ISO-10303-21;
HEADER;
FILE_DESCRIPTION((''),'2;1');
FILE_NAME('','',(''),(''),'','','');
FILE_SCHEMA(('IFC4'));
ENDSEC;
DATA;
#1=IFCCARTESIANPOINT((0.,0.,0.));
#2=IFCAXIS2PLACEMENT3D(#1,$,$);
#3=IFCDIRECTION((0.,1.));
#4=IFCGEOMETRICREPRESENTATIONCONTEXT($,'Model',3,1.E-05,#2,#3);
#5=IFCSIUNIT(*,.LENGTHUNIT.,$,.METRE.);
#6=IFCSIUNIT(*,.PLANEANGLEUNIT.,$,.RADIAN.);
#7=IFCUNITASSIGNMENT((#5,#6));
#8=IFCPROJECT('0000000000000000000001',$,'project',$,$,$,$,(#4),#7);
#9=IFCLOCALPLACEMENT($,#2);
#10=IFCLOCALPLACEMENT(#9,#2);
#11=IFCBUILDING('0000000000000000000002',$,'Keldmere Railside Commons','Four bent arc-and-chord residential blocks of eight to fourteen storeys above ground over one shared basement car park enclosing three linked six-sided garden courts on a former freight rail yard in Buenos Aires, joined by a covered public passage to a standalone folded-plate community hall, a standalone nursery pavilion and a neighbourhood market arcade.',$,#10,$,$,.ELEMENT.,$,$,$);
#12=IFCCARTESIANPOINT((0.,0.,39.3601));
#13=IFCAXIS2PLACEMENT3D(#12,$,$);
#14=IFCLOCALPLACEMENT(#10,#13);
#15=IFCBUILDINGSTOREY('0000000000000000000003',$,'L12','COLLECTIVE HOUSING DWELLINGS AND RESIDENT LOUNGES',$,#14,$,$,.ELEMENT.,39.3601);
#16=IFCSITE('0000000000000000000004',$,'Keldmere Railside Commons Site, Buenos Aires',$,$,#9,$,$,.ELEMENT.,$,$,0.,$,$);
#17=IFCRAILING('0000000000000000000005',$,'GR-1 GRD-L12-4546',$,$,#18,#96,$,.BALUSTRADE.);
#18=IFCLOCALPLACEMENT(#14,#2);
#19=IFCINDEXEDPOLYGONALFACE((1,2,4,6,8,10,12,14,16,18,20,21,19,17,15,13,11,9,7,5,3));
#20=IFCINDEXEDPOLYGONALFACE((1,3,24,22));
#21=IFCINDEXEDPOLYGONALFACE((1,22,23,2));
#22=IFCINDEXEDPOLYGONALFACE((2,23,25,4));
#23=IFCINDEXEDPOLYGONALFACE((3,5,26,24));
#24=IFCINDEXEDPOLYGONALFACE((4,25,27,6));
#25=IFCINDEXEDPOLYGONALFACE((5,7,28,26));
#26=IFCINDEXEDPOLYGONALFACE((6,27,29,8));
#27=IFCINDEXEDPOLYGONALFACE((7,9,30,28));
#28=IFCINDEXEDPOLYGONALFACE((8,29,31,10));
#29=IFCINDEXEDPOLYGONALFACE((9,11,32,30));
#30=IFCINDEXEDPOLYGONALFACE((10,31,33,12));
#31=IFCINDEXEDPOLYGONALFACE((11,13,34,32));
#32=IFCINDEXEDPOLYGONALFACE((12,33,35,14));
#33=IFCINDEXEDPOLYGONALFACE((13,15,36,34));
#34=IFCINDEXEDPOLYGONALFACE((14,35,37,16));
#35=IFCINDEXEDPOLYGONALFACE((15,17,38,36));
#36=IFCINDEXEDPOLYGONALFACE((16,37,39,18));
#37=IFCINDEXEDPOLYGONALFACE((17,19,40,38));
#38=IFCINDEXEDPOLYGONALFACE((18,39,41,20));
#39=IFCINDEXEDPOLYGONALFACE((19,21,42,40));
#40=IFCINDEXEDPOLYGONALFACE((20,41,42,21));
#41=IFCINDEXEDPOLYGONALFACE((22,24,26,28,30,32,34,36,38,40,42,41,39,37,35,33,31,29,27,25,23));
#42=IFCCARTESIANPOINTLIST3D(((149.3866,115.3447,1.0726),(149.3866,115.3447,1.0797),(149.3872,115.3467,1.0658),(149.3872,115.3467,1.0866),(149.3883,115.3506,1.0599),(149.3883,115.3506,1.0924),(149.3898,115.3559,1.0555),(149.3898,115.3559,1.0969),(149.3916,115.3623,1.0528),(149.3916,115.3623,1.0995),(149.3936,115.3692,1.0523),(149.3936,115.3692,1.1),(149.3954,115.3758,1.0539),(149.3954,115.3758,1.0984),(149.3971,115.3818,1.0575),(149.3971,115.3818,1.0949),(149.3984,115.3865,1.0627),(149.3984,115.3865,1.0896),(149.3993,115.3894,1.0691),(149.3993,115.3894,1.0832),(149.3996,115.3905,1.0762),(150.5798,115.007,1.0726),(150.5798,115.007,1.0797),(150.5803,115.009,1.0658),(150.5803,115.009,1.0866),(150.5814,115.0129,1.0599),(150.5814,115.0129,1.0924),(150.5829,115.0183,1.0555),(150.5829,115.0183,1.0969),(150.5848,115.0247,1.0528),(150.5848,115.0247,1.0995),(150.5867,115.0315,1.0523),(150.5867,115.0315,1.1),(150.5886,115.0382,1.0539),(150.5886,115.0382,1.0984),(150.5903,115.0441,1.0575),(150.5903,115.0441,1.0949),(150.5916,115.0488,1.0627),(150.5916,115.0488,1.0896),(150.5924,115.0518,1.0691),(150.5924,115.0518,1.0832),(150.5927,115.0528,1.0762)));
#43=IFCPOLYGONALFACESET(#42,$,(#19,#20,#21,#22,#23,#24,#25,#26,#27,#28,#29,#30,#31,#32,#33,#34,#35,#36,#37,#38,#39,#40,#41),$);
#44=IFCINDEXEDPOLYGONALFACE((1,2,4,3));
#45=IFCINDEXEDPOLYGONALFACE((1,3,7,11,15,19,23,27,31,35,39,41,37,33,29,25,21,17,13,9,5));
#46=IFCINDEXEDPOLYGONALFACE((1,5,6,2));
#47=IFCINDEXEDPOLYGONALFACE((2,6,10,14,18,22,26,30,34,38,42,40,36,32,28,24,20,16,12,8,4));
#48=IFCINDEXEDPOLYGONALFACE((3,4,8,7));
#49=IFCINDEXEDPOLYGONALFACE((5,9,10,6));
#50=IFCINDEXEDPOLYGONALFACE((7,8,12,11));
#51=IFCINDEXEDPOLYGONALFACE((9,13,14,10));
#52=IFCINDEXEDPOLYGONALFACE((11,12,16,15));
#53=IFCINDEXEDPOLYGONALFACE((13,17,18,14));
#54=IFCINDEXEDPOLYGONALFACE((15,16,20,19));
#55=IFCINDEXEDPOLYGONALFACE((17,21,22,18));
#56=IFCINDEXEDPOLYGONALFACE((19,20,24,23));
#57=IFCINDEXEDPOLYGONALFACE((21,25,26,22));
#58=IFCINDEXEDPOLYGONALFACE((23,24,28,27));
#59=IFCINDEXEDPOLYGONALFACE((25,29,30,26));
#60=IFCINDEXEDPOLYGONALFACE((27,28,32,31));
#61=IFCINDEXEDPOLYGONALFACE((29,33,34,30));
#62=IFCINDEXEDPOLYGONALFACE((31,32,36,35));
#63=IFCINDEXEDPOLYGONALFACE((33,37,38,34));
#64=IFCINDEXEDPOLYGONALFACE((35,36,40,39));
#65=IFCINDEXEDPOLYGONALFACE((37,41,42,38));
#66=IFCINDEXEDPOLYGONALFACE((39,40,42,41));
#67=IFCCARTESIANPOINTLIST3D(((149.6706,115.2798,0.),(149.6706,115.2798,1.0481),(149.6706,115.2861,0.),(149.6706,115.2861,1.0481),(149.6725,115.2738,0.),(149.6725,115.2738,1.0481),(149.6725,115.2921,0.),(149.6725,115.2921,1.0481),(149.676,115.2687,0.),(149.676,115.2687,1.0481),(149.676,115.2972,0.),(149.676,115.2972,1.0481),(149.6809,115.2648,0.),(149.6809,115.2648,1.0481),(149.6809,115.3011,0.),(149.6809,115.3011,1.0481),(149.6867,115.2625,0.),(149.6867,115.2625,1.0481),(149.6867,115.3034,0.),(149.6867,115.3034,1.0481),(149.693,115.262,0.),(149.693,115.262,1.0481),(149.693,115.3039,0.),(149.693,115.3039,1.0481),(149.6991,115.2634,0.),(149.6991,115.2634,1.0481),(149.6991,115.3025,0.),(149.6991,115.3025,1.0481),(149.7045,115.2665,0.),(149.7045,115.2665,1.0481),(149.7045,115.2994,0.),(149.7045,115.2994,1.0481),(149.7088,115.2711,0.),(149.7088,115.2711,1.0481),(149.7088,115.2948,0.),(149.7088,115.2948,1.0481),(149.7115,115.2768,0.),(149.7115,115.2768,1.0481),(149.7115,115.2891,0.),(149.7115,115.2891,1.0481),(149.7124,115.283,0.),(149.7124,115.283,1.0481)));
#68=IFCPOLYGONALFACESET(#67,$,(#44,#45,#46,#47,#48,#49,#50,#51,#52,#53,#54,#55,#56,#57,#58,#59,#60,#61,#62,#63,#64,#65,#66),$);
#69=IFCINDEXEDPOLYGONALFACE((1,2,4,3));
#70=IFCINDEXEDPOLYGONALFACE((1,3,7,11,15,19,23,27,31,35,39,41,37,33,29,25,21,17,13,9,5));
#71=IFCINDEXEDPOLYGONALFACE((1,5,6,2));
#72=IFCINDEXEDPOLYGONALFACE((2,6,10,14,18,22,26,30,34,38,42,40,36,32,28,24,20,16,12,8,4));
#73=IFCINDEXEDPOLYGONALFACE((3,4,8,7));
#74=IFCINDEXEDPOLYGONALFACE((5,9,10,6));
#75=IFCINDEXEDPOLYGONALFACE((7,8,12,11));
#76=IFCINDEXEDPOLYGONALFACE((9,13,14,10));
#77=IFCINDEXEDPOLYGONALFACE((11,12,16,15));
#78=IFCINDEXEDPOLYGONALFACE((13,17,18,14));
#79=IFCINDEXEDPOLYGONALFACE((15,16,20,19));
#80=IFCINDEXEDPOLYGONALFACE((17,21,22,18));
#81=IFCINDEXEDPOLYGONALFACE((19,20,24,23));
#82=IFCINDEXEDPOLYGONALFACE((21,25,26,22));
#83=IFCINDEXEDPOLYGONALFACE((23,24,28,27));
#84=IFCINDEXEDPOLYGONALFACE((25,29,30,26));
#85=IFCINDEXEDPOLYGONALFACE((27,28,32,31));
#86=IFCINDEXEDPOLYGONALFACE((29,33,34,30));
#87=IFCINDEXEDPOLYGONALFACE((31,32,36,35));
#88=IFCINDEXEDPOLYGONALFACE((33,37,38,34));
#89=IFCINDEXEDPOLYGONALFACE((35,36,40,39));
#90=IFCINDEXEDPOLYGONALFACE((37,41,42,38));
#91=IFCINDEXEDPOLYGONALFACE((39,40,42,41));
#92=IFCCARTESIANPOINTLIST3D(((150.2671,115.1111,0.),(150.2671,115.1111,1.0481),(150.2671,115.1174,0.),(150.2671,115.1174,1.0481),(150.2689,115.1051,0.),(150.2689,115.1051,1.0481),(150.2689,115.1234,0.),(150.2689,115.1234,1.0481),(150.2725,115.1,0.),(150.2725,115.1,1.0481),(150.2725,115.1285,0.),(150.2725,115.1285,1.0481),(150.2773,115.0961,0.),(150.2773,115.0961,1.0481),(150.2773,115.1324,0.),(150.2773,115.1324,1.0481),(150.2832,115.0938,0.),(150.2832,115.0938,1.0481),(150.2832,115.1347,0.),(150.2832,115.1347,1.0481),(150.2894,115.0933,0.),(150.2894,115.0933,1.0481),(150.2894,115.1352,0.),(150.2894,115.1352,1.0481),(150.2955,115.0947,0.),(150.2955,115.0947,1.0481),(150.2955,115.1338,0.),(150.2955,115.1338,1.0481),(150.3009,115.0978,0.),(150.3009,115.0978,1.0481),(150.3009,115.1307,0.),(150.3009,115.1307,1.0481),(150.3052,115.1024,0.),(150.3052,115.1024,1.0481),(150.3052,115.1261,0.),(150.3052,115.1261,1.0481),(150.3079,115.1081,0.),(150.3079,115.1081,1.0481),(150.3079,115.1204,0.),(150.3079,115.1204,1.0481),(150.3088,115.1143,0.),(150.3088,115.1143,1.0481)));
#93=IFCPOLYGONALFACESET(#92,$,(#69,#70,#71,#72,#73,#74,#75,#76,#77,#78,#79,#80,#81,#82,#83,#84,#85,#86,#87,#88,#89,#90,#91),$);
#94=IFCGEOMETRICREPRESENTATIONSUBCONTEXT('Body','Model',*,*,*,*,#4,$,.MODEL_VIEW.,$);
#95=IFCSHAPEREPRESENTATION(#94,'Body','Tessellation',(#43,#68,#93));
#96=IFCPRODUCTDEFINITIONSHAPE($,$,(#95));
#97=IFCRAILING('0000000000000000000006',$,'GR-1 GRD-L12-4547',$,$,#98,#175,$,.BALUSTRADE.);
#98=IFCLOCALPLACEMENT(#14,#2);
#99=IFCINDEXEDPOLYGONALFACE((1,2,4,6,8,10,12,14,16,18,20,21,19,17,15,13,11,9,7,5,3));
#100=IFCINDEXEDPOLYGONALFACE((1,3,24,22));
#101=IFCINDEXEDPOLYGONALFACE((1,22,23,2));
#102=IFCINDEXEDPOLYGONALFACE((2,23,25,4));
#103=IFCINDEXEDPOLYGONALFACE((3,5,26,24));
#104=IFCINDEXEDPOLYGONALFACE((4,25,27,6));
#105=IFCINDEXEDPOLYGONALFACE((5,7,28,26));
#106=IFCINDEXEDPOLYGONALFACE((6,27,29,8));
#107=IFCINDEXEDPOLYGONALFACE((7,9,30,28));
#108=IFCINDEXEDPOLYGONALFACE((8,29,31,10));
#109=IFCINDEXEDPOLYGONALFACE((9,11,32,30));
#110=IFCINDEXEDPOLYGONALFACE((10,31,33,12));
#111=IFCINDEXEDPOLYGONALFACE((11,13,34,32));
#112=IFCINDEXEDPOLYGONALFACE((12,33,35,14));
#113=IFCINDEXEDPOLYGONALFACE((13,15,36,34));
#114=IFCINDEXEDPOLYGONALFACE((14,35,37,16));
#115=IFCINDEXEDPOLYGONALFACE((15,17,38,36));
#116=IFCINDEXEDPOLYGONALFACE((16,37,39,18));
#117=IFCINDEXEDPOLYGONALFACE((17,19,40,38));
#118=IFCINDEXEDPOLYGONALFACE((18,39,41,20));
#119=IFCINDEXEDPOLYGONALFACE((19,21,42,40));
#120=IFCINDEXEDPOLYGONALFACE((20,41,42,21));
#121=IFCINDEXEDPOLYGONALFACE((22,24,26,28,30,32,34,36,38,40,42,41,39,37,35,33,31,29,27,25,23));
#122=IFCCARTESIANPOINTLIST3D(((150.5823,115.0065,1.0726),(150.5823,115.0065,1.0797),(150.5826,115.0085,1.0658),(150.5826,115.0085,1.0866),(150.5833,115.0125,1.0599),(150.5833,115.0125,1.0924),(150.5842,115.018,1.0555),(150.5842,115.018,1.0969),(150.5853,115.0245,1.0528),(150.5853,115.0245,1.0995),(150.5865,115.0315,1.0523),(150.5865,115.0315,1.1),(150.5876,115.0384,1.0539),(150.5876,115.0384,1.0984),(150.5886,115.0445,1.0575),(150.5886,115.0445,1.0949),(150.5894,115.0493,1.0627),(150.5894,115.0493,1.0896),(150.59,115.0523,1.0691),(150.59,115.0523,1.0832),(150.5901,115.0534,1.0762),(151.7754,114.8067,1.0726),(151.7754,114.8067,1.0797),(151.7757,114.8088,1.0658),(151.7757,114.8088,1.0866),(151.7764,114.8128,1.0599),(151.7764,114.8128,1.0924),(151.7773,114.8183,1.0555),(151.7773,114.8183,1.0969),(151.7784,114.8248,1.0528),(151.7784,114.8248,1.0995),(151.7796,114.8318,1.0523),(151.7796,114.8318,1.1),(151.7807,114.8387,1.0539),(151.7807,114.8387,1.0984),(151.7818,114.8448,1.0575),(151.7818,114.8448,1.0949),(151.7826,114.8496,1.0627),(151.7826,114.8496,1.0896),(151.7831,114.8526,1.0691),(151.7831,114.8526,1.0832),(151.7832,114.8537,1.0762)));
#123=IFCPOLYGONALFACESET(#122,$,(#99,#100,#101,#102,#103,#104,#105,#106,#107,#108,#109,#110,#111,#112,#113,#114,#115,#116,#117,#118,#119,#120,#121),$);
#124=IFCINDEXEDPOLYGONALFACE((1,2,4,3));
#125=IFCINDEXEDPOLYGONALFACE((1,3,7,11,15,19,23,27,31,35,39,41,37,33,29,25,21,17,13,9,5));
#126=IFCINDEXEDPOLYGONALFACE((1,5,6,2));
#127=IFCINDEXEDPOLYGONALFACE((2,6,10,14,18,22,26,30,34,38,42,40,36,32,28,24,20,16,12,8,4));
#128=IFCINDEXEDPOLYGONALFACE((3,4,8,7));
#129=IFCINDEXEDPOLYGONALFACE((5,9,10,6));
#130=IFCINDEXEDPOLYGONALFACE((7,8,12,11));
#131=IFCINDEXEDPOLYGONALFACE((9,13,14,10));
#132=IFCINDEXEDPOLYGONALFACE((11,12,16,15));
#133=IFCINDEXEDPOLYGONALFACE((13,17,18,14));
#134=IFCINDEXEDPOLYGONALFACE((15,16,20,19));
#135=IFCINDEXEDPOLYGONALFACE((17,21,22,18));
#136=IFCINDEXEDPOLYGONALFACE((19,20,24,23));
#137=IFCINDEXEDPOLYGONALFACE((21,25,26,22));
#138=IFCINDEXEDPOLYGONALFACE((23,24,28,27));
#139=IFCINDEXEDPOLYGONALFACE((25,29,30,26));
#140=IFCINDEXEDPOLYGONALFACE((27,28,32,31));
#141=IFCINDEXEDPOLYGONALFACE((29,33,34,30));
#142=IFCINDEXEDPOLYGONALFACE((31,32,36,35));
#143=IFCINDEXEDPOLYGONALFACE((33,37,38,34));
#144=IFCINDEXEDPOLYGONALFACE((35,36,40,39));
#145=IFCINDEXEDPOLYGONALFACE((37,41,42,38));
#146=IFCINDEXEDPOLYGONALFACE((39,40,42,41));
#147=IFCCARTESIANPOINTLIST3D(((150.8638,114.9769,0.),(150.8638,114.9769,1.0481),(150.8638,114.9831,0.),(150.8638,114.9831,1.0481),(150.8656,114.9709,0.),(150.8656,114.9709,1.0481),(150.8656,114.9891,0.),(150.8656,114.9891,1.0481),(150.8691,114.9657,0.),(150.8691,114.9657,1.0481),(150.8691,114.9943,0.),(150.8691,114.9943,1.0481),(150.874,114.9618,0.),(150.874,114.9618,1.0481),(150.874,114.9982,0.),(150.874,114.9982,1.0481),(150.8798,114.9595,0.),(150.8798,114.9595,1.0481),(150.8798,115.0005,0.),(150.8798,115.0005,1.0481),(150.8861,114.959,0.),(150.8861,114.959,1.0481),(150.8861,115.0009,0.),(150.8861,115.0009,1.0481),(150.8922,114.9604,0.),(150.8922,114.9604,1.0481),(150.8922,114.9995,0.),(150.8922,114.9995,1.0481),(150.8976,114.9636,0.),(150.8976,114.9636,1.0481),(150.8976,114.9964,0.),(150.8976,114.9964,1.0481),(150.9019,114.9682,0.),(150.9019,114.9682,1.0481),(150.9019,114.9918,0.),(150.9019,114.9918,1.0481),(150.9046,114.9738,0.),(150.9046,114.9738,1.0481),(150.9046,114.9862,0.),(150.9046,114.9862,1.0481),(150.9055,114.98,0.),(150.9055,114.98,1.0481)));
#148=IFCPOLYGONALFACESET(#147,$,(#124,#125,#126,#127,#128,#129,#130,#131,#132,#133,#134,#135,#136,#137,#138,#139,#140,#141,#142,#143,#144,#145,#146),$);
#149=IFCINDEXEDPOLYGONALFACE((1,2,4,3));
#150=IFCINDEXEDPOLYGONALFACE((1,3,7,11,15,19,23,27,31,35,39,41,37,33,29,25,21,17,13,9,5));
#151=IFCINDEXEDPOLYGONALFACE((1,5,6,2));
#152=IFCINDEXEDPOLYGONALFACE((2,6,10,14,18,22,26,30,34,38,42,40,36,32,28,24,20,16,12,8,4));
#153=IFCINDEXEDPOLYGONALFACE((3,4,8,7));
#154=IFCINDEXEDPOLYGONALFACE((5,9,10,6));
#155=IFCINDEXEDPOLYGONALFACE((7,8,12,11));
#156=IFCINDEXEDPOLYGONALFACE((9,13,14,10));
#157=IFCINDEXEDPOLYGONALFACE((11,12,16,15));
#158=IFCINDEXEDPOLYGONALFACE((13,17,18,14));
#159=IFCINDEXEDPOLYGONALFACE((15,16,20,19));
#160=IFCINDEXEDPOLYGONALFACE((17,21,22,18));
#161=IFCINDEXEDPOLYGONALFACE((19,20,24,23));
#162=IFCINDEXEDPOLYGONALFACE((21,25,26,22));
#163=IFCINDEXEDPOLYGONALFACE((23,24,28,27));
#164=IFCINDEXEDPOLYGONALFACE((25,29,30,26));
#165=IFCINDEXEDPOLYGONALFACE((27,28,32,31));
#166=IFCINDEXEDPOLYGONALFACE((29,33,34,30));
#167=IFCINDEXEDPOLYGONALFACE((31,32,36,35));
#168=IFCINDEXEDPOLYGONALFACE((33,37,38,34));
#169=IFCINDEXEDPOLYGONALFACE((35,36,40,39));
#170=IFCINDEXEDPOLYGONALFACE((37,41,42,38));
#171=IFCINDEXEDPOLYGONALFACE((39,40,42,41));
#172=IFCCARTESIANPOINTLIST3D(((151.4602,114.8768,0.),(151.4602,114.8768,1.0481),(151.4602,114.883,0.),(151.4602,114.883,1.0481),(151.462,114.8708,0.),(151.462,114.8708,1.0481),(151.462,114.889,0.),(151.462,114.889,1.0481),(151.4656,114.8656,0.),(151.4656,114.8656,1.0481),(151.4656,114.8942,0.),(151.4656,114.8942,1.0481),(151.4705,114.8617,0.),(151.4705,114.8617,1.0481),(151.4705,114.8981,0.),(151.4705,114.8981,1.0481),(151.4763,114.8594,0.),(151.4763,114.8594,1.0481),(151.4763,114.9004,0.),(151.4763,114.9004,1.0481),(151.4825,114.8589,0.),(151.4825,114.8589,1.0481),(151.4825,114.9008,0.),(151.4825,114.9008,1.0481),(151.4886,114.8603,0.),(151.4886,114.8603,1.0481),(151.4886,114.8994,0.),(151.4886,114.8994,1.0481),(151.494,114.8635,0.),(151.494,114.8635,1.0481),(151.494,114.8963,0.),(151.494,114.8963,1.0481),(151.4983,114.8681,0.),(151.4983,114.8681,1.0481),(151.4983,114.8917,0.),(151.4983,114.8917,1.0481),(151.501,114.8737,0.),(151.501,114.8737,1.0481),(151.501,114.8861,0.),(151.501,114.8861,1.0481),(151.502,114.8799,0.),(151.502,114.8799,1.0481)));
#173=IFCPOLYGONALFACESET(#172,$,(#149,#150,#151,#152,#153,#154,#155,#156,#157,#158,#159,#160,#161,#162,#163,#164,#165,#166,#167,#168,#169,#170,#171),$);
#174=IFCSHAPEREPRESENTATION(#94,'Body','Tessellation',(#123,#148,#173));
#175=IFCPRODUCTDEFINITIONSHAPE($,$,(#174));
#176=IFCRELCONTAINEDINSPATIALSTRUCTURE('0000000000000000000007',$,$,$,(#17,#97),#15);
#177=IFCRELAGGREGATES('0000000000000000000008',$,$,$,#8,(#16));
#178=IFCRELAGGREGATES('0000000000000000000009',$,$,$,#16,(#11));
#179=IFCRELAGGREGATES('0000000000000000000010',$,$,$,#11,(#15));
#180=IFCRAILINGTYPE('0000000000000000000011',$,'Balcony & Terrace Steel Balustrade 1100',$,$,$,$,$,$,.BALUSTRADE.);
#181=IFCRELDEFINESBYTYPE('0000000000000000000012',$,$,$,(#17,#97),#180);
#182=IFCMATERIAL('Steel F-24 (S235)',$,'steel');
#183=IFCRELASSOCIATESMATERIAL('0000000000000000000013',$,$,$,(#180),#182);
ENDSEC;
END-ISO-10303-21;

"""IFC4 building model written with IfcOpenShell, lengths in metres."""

from ifc_helpers import new_model, si_unit, direction, frame, origin, origin_2d, place, context, subcontext, project, spatial, circle, extrude, material, type_object, element, save


model = new_model("IFC4")

# Units and contexts
model_context = context("Model", 3, precision=1e-05, world=origin(), true_north=direction((0.0, 1.0)))
body_context = subcontext(model_context, "Body", "Model", "MODEL_VIEW")
ifc_project = project(units=[si_unit("LENGTHUNIT", "METRE"), si_unit("PLANEANGLEUNIT", "RADIAN")], contexts=[model_context])

# Site, building, storey
site_placement = place(None, origin())
site = spatial("IfcSite", under=ifc_project, at=site_placement, Name="Keldmere Railside Commons Site, Buenos Aires", CompositionType="ELEMENT", RefElevation=0.0)
building_placement = place(site_placement, origin())
building = spatial("IfcBuilding", under=site, at=building_placement, Name="Keldmere Railside Commons", Description="Four bent arc-and-chord residential blocks of eight to fourteen storeys above ground over one shared basement car park enclosing three linked six-sided garden courts on a former freight rail yard in Buenos Aires, joined by a covered public passage to a standalone folded-plate community hall, a standalone nursery pavilion and a neighbourhood market arcade.", CompositionType="ELEMENT")
storey_placement = place(building_placement, frame((0.0, 0.0, 39.3601)))
storey = spatial("IfcBuildingStorey", under=building, at=storey_placement, Name="L12", Description="COLLECTIVE HOUSING DWELLINGS AND RESIDENT LOUNGES", CompositionType="ELEMENT", Elevation=39.3601)

# Railings
ifc_material_1 = material(Name="Steel F-24 (S235)", Category="steel")
railing_type = type_object("IfcRailingType", Name="Balcony & Terrace Steel Balustrade 1100", PredefinedType="BALUSTRADE", material=ifc_material_1)
railing_1_placement = place(storey_placement, frame((149.3931, 115.3674, 0.0)))
element("IfcRailing", 1, at=railing_1_placement, inside=storey, type_object=railing_type, Name="GR-1 GRD-L12-4546", PredefinedType="BALUSTRADE", context=body_context, shape_type="SweptSolid", body=[
    extrude(circle(Radius=0.0239, at=origin_2d()), frame((0.0, 0.0, 1.0762), z_axis=(0.962212, -0.272302, 0.0), x_axis=(0.272302, 0.962212, 0.0)), (0.0, 0.0, 1.0), 1.24),
    extrude(circle(Radius=0.021, at=origin_2d()), frame((0.2983, -0.0845, 0.0)), (0.0, 0.0, 1.0), 1.0481),
    extrude(circle(Radius=0.021, at=origin_2d()), frame((0.8948, -0.2532, 0.0)), (0.0, 0.0, 1.0), 1.0481),
])
railing_2_placement = place(storey_placement, frame((150.5862, 115.0298, 0.0)))
element("IfcRailing", 2, at=railing_2_placement, inside=storey, type_object=railing_type, Name="GR-1 GRD-L12-4547", PredefinedType="BALUSTRADE", context=body_context, shape_type="SweptSolid", body=[
    extrude(circle(Radius=0.0239, at=origin_2d()), frame((0.0, 0.0, 1.0762), z_axis=(0.986279, -0.165086, 0.0), x_axis=(0.165086, 0.986279, 0.0)), (0.0, 0.0, 1.0), 1.2097),
    extrude(circle(Radius=0.021, at=origin_2d()), frame((0.2983, -0.0498, 0.0)), (0.0, 0.0, 1.0), 1.0481),
    extrude(circle(Radius=0.021, at=origin_2d()), frame((0.8948, -0.1499, 0.0)), (0.0, 0.0, 1.0), 1.0481),
])

save(model, "model.ifc")
